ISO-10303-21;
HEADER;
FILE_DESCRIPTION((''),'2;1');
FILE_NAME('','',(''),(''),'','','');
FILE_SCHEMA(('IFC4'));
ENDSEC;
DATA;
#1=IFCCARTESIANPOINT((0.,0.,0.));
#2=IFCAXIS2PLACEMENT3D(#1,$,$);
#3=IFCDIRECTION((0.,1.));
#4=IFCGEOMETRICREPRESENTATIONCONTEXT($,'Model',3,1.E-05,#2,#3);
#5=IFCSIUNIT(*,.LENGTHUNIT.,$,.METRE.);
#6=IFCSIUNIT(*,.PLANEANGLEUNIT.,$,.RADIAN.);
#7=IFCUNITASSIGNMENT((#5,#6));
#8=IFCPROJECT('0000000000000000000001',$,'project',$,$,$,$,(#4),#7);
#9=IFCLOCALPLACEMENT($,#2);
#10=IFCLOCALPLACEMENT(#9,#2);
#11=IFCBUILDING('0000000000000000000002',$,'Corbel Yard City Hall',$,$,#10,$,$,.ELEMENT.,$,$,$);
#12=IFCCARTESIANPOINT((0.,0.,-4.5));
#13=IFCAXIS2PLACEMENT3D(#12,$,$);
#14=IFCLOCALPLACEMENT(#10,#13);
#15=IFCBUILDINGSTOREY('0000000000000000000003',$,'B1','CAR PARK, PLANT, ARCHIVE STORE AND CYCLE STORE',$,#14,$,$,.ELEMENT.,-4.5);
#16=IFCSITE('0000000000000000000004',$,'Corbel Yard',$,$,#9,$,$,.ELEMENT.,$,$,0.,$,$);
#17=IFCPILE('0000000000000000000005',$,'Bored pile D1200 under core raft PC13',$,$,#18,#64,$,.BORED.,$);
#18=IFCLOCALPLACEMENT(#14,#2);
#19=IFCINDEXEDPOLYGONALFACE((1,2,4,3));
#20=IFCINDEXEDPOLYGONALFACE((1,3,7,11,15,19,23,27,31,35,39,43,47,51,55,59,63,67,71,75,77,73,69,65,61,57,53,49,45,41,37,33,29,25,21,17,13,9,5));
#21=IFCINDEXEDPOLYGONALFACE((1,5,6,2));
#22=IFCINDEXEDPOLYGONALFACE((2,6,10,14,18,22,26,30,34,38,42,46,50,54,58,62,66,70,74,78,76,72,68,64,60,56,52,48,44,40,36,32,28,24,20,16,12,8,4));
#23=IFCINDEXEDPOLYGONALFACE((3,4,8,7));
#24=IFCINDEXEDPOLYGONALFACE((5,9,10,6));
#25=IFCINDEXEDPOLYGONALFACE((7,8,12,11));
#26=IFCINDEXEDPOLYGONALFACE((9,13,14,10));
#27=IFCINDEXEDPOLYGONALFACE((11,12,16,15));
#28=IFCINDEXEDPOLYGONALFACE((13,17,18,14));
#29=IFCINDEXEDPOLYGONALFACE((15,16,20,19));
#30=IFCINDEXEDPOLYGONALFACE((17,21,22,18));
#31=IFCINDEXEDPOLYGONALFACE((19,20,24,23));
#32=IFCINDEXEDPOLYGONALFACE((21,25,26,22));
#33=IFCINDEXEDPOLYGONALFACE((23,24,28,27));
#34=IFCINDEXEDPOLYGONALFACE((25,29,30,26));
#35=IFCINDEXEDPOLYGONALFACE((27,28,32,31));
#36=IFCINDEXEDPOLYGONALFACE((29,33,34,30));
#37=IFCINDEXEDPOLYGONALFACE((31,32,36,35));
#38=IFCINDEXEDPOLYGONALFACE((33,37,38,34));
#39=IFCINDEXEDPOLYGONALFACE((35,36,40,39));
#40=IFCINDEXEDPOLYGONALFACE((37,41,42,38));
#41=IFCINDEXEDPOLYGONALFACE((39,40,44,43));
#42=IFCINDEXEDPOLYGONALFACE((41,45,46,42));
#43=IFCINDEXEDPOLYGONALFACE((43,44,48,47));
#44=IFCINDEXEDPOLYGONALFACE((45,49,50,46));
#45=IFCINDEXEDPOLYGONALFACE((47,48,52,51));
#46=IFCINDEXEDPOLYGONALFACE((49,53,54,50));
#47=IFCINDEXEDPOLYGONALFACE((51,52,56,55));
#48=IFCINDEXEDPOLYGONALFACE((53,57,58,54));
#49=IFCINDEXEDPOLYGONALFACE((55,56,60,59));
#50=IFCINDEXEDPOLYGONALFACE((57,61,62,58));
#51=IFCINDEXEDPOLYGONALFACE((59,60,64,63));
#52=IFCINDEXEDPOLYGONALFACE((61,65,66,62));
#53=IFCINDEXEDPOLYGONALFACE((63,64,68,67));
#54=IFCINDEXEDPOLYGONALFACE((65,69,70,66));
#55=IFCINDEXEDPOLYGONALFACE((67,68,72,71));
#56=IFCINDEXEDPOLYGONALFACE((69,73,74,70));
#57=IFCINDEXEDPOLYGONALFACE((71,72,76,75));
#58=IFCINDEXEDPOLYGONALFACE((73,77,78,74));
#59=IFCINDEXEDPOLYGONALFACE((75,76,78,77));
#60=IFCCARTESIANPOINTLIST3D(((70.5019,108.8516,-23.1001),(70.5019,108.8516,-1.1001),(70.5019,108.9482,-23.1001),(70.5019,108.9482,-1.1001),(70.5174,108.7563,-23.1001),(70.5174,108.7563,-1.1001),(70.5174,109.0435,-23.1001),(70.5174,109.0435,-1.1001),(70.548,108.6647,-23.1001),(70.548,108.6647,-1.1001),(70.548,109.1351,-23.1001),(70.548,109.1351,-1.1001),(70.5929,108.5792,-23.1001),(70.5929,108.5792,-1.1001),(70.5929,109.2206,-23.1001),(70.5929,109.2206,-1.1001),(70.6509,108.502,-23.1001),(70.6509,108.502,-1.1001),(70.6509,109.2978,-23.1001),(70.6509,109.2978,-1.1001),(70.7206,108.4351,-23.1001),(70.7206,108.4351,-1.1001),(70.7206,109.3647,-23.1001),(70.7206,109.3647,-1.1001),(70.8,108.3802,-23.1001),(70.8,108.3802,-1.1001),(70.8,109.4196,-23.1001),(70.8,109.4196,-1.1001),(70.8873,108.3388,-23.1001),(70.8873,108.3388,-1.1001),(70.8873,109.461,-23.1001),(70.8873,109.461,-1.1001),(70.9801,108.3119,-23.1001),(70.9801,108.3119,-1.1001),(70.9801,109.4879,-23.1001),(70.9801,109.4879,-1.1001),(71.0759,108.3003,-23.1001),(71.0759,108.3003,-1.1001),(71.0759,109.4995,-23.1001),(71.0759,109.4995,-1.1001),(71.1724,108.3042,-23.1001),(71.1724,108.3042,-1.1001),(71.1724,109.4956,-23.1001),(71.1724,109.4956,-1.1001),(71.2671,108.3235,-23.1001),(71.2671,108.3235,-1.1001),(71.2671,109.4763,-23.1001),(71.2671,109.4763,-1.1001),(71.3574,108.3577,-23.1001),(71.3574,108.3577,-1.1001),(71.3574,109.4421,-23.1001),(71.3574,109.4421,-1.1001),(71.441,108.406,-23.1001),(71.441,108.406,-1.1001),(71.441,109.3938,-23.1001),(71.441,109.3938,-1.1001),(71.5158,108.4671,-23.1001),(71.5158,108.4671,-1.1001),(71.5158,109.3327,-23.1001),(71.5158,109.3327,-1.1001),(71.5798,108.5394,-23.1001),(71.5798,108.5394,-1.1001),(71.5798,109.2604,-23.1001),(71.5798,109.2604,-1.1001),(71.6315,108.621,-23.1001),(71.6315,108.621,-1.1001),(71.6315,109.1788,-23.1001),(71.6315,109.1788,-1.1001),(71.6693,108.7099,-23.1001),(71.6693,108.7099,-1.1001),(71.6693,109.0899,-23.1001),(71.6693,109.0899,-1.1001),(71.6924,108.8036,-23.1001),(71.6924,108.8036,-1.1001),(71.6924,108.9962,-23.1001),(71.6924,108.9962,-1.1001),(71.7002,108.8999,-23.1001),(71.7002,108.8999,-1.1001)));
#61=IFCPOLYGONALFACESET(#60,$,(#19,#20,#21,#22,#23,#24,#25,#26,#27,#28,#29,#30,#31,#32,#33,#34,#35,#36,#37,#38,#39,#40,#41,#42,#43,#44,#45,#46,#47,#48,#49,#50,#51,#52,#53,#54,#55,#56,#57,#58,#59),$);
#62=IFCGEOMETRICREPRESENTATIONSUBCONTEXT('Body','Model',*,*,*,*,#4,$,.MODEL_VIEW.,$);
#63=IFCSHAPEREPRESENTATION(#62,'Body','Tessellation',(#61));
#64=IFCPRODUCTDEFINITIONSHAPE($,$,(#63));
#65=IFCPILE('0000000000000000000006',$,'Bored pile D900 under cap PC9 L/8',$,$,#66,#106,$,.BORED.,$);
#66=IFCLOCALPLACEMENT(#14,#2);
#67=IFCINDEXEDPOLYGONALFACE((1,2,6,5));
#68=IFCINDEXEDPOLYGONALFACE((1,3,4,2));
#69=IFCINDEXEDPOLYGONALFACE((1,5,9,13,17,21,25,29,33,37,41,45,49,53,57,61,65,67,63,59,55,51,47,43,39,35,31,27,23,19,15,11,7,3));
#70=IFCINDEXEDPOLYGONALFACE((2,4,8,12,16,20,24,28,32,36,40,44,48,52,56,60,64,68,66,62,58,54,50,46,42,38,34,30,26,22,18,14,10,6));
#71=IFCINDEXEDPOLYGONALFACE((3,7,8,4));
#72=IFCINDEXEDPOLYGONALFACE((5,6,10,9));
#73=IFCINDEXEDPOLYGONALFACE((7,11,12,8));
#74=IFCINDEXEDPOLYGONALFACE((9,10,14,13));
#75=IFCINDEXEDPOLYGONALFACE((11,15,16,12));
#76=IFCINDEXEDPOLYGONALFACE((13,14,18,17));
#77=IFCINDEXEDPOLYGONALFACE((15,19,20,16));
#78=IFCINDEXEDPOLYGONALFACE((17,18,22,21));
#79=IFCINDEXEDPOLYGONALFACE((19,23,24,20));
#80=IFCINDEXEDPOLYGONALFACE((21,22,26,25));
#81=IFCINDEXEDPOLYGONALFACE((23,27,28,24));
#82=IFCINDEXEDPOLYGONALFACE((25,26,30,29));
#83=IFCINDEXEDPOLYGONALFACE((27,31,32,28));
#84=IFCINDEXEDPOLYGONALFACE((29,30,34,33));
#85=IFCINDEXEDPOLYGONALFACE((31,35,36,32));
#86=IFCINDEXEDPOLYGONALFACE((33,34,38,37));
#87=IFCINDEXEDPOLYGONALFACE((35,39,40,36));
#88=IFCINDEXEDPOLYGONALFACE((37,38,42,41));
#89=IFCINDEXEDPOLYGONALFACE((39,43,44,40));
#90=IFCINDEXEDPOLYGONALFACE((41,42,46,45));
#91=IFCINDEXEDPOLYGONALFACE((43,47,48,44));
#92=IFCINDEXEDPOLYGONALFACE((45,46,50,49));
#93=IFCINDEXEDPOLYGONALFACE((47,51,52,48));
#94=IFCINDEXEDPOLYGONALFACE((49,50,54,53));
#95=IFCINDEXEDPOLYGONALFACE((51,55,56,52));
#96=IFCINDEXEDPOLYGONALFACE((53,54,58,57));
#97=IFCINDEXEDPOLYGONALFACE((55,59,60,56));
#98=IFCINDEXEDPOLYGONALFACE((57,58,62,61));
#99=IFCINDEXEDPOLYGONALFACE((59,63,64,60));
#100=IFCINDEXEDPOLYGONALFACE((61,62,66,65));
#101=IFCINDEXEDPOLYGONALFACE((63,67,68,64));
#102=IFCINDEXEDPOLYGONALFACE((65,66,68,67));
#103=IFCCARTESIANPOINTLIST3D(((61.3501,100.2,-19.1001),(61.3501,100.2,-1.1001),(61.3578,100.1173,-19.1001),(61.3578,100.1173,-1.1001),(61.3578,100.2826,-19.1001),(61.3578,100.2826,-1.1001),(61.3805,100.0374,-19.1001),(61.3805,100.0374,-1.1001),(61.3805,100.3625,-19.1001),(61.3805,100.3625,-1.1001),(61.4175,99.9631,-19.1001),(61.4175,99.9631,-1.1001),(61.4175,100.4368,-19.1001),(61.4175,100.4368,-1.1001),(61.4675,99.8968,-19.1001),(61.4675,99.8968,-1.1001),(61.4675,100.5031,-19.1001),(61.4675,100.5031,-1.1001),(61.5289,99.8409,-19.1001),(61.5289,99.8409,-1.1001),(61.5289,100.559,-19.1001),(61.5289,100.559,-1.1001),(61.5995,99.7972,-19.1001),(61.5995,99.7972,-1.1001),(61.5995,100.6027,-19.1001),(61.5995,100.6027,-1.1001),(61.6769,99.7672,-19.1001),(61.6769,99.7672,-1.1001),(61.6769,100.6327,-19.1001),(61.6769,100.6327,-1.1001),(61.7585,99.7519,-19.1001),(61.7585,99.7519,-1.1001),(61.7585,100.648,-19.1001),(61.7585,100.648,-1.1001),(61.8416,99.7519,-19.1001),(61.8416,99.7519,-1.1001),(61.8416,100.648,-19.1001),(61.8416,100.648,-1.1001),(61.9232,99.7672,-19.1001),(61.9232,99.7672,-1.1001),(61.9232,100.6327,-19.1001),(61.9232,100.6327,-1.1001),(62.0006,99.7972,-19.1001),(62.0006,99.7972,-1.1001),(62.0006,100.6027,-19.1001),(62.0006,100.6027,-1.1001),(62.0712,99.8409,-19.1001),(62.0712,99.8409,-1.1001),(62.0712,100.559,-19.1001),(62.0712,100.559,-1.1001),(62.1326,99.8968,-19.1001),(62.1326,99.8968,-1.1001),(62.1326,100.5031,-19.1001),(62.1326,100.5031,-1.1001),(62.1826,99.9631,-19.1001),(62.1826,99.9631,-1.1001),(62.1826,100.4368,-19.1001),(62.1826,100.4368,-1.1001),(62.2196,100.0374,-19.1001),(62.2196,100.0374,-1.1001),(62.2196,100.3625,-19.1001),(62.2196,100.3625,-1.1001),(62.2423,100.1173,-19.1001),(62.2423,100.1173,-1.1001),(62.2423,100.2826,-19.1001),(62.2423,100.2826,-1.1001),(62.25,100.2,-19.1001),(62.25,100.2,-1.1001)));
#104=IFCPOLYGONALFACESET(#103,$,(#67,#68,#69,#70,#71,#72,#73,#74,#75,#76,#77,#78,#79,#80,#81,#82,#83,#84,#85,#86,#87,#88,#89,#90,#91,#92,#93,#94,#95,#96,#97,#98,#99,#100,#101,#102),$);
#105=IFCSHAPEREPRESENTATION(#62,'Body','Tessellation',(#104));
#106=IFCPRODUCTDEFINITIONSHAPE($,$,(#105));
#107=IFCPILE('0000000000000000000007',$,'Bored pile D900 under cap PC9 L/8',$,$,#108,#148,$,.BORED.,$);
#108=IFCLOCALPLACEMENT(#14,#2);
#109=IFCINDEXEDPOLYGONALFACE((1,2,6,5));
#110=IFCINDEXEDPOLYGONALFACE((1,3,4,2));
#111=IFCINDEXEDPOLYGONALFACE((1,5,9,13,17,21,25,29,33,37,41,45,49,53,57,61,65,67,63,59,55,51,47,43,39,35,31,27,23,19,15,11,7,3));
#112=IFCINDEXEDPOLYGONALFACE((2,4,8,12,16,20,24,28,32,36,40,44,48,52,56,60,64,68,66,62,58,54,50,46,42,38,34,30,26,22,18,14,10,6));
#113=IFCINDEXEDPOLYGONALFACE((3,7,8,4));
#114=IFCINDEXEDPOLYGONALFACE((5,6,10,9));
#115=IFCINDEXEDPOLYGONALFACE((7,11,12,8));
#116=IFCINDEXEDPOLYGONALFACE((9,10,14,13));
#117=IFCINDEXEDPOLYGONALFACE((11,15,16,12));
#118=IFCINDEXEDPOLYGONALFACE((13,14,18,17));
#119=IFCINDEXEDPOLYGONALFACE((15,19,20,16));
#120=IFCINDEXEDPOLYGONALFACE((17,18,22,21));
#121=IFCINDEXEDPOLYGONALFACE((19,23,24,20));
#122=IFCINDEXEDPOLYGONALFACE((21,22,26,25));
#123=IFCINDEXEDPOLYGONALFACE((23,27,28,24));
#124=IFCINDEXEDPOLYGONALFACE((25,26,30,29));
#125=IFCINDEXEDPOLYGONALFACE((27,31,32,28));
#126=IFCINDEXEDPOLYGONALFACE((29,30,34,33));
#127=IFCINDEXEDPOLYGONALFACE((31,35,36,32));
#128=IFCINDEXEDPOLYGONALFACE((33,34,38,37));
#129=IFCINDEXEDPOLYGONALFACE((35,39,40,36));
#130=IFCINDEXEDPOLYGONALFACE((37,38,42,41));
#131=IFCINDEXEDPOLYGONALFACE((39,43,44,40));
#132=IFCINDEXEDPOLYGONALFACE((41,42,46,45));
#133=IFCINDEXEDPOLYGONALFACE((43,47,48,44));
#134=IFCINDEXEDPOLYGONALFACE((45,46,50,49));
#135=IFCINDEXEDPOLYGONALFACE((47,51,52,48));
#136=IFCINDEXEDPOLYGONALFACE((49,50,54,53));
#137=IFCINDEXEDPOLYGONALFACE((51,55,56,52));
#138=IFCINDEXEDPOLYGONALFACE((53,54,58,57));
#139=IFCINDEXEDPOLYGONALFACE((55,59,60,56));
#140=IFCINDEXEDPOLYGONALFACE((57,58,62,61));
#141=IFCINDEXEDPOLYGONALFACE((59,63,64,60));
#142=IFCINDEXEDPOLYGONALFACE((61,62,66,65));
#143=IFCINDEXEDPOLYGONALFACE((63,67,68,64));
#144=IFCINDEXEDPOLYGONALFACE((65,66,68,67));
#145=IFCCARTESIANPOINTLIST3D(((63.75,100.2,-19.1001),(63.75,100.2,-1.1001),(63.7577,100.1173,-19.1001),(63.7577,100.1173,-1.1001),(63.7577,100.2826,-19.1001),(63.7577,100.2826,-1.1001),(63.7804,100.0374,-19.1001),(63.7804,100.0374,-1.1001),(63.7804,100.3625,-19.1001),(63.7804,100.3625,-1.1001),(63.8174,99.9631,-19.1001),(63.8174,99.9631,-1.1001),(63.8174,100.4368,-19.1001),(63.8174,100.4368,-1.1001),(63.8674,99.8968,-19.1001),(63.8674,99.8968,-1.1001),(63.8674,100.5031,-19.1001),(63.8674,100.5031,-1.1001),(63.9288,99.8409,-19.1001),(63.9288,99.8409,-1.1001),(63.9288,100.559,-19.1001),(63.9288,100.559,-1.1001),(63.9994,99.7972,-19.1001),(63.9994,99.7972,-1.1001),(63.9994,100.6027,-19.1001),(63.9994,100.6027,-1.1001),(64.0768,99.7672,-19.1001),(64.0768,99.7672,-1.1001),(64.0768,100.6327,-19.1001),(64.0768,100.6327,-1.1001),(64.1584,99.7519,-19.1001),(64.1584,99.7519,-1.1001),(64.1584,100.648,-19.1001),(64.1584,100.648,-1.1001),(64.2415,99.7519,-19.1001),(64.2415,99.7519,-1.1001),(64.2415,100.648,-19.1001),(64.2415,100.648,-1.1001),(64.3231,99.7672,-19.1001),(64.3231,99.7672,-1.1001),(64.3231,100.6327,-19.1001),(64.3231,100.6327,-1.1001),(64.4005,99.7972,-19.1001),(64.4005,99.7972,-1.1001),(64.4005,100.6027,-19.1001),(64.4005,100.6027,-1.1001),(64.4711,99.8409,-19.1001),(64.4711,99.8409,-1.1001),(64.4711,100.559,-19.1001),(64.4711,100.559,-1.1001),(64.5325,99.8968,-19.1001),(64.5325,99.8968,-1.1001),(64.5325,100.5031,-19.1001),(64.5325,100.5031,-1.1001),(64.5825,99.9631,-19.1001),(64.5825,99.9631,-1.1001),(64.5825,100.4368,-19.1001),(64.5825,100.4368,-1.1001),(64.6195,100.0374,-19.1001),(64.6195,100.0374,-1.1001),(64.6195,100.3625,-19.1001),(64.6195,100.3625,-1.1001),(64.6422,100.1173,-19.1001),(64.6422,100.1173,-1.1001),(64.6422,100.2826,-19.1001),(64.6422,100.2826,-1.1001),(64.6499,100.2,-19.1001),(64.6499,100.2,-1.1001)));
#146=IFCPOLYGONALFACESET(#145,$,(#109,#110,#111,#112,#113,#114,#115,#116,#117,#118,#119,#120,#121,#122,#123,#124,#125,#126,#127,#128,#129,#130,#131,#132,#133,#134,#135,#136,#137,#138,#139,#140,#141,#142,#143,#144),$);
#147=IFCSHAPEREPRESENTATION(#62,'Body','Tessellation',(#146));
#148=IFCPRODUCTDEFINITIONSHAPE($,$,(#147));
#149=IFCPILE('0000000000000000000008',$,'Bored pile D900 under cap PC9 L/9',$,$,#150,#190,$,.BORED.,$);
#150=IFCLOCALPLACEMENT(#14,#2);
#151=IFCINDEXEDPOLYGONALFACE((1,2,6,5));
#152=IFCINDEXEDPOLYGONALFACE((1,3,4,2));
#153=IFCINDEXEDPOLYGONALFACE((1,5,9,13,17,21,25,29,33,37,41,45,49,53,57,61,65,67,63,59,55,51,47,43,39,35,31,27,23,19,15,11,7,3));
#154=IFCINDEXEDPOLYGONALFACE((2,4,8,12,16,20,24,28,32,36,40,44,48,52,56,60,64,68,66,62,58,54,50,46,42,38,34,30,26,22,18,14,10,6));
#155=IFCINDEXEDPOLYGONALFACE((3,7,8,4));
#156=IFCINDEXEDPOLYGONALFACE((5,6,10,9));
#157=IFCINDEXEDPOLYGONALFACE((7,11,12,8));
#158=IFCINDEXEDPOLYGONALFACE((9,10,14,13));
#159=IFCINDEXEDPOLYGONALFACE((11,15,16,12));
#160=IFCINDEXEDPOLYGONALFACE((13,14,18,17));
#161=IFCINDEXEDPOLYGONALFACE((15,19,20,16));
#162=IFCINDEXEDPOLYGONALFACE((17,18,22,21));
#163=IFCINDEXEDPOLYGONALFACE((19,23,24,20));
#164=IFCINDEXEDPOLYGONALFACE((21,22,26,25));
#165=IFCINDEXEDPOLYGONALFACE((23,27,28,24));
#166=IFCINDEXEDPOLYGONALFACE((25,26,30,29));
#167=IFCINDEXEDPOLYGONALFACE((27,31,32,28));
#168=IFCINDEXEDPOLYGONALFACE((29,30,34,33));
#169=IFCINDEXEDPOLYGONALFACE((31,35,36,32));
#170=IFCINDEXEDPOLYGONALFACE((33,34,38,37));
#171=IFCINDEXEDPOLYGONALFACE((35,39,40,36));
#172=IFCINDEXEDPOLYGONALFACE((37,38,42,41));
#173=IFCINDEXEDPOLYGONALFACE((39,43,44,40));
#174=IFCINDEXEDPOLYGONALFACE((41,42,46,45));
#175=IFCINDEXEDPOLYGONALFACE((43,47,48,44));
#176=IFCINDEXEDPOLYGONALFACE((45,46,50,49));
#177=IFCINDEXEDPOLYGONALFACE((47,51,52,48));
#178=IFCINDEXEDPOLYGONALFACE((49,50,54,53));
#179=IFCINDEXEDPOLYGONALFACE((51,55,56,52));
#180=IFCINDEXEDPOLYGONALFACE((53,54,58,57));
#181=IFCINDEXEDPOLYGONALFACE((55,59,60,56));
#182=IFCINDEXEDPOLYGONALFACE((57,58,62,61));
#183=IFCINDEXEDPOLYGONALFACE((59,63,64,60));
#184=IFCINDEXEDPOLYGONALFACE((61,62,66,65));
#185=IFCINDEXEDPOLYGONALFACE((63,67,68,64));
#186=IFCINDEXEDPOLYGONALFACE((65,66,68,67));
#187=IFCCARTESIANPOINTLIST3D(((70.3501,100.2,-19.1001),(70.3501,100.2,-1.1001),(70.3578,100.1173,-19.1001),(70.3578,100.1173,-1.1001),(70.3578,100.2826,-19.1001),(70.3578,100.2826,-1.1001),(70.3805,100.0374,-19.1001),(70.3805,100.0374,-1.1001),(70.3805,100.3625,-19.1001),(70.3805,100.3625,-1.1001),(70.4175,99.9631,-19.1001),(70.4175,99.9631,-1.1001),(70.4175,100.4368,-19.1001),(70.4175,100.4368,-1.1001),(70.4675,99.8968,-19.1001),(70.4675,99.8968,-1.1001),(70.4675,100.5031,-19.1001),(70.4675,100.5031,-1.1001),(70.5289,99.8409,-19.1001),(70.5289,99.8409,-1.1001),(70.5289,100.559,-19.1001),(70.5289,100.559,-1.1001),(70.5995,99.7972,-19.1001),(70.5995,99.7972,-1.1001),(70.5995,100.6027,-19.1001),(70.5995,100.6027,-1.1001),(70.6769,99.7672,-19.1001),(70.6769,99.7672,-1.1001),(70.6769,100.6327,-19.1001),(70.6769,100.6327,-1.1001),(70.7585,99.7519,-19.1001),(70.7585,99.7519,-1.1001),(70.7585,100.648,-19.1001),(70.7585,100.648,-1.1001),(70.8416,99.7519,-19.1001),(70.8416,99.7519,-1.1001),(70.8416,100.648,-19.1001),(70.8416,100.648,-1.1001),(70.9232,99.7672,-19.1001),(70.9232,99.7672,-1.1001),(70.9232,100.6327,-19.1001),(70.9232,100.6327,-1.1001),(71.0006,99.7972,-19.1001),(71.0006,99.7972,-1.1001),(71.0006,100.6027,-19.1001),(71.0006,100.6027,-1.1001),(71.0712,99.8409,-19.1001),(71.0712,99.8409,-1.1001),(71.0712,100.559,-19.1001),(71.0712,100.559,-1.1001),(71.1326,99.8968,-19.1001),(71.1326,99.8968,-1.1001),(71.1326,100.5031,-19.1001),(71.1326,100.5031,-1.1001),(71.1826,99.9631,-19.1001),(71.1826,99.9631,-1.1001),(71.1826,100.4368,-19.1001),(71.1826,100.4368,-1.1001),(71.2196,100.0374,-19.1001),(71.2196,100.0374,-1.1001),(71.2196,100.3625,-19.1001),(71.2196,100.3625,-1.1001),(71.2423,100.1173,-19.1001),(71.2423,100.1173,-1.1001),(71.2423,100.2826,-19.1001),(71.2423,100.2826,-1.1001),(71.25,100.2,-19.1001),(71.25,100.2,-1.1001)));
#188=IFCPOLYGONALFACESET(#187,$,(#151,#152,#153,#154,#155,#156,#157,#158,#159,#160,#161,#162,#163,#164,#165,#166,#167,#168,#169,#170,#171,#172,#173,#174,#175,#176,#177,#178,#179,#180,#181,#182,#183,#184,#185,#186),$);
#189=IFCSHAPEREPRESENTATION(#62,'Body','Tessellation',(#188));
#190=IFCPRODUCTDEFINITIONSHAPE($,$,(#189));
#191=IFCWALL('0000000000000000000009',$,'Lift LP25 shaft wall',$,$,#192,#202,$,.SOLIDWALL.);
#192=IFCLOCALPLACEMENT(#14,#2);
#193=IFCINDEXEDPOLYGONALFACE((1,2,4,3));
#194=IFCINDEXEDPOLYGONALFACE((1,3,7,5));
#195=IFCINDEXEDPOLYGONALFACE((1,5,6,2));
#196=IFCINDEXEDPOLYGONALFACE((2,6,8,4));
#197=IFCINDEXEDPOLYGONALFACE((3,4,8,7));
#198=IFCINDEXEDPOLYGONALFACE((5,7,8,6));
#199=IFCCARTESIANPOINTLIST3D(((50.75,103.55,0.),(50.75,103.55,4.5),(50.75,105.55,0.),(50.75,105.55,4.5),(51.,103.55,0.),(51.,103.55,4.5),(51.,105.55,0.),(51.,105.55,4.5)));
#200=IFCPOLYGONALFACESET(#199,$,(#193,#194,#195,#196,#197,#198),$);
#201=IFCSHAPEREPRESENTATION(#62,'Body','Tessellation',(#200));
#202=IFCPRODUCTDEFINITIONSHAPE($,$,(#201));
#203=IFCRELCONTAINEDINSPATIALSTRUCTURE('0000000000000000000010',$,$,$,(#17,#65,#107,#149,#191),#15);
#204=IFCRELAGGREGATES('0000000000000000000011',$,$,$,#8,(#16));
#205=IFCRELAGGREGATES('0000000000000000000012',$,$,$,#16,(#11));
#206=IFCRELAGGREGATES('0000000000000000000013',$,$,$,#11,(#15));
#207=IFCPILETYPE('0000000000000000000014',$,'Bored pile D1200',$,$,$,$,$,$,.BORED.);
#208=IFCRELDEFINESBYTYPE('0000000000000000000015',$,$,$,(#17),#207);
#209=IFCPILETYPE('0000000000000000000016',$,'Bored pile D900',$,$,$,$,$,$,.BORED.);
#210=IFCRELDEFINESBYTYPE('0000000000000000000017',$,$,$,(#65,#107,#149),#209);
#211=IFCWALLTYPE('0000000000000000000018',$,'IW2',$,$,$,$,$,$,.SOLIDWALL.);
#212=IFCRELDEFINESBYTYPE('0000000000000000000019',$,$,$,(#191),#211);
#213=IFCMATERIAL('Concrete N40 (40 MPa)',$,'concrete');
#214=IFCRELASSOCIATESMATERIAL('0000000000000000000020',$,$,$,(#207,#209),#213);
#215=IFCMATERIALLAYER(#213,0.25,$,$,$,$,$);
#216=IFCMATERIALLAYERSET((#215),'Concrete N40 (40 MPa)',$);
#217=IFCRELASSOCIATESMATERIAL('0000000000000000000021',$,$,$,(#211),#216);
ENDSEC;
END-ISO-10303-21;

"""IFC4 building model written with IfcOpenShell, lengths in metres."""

from ifc_helpers import new_model, si_unit, direction, frame, frame_2d, origin, origin_2d, place, context, subcontext, project, spatial, rectangle, circle, extrude, material, layer, layer_set, material_profile, profile_set, type_object, element, save


model = new_model("IFC4")

# Units and contexts
model_context = context("Model", 3, precision=1e-05, world=origin(), true_north=direction((0.0, 1.0)))
body_context = subcontext(model_context, "Body", "Model", "MODEL_VIEW")
ifc_project = project(units=[si_unit("LENGTHUNIT", "METRE"), si_unit("PLANEANGLEUNIT", "RADIAN")], contexts=[model_context])

# Site, building, storey
site_placement = place(None, origin())
site = spatial("IfcSite", under=ifc_project, at=site_placement, Name="Corbel Yard", CompositionType="ELEMENT", RefElevation=0.0)
building_placement = place(site_placement, origin())
building = spatial("IfcBuilding", under=site, at=building_placement, Name="Corbel Yard City Hall", CompositionType="ELEMENT")
storey_placement = place(building_placement, frame((0.0, 0.0, -4.5)))
storey = spatial("IfcBuildingStorey", under=building, at=storey_placement, Name="B1", Description="CAR PARK, PLANT, ARCHIVE STORE AND CYCLE STORE", CompositionType="ELEMENT", Elevation=-4.5)

# Piles
ifc_material_1 = material(Name="Concrete N40 (40 MPa)", Category="concrete")
ifc_material_profile_1 = material_profile(ifc_material_1, circle(Radius=0.6001, at=origin_2d()), Name="D1200")
ifc_profile_set_1 = profile_set([ifc_material_profile_1], Name="Concrete N40 (40 MPa)")
pile_type_1 = type_object("IfcPileType", Name="Bored pile D1200", PredefinedType="BORED", material=ifc_profile_set_1)
for number, where, z_axis, x_axis, name in (
    (1, (71.1001, 108.8999, -1.1001), (0.0, 0.0, -1.0), (1.0, 0.0, 0.0), "Bored pile D1200 under core raft PC13"),
):
    element("IfcPile", number, at=place(storey_placement, frame(where, z_axis=z_axis, x_axis=x_axis)), inside=storey, type_object=pile_type_1, Name=name, PredefinedType="BORED", context=body_context, shape_type="SweptSolid", body=[
        extrude(circle(Radius=0.6001, at=origin_2d()), origin(), (0.0, 0.0, 1.0), 22.0),
    ])
ifc_material_profile_2 = material_profile(ifc_material_1, circle(Radius=0.45, at=origin_2d()), Name="D900")
ifc_profile_set_2 = profile_set([ifc_material_profile_2], Name="Concrete N40 (40 MPa)")
pile_type_2 = type_object("IfcPileType", Name="Bored pile D900", PredefinedType="BORED", material=ifc_profile_set_2)
for number, where, z_axis, x_axis, name in (
    (2, (61.8, 100.2, -1.1001), (0.0, 0.0, -1.0), (1.0, 0.0, 0.0), "Bored pile D900 under cap PC9 L/8"),
    (3, (64.2, 100.2, -1.1001), (0.0, 0.0, -1.0), (1.0, 0.0, 0.0), "Bored pile D900 under cap PC9 L/8"),
    (4, (70.8, 100.2, -1.1001), (0.0, 0.0, -1.0), (1.0, 0.0, 0.0), "Bored pile D900 under cap PC9 L/9"),
):
    element("IfcPile", number, at=place(storey_placement, frame(where, z_axis=z_axis, x_axis=x_axis)), inside=storey, type_object=pile_type_2, Name=name, PredefinedType="BORED", context=body_context, shape_type="SweptSolid", body=[
        extrude(circle(Radius=0.45, at=origin_2d()), origin(), (0.0, 0.0, 1.0), 18.0),
    ])

# Wall
ifc_layer = layer(ifc_material_1, 0.25)
ifc_layer_set = layer_set([ifc_layer], Name="Concrete N40 (40 MPa)")
wall_type = type_object("IfcWallType", Name="IW2", PredefinedType="SOLIDWALL", material=ifc_layer_set)
wall_1_placement = place(storey_placement, frame((50.875, 103.55, 0.0), z_axis=(0.0, 0.0, 1.0), x_axis=(0.0, 1.0, 0.0)))
element("IfcWall", 5, at=wall_1_placement, inside=storey, type_object=wall_type, Name="Lift LP25 shaft wall", PredefinedType="SOLIDWALL", context=body_context, shape_type="SweptSolid", body=[
    extrude(rectangle(XDim=2.0, YDim=0.25, at=frame_2d((1.0, 0.0))), origin(), (0.0, 0.0, 1.0), 4.5),
])

save(model, "model.ifc")
